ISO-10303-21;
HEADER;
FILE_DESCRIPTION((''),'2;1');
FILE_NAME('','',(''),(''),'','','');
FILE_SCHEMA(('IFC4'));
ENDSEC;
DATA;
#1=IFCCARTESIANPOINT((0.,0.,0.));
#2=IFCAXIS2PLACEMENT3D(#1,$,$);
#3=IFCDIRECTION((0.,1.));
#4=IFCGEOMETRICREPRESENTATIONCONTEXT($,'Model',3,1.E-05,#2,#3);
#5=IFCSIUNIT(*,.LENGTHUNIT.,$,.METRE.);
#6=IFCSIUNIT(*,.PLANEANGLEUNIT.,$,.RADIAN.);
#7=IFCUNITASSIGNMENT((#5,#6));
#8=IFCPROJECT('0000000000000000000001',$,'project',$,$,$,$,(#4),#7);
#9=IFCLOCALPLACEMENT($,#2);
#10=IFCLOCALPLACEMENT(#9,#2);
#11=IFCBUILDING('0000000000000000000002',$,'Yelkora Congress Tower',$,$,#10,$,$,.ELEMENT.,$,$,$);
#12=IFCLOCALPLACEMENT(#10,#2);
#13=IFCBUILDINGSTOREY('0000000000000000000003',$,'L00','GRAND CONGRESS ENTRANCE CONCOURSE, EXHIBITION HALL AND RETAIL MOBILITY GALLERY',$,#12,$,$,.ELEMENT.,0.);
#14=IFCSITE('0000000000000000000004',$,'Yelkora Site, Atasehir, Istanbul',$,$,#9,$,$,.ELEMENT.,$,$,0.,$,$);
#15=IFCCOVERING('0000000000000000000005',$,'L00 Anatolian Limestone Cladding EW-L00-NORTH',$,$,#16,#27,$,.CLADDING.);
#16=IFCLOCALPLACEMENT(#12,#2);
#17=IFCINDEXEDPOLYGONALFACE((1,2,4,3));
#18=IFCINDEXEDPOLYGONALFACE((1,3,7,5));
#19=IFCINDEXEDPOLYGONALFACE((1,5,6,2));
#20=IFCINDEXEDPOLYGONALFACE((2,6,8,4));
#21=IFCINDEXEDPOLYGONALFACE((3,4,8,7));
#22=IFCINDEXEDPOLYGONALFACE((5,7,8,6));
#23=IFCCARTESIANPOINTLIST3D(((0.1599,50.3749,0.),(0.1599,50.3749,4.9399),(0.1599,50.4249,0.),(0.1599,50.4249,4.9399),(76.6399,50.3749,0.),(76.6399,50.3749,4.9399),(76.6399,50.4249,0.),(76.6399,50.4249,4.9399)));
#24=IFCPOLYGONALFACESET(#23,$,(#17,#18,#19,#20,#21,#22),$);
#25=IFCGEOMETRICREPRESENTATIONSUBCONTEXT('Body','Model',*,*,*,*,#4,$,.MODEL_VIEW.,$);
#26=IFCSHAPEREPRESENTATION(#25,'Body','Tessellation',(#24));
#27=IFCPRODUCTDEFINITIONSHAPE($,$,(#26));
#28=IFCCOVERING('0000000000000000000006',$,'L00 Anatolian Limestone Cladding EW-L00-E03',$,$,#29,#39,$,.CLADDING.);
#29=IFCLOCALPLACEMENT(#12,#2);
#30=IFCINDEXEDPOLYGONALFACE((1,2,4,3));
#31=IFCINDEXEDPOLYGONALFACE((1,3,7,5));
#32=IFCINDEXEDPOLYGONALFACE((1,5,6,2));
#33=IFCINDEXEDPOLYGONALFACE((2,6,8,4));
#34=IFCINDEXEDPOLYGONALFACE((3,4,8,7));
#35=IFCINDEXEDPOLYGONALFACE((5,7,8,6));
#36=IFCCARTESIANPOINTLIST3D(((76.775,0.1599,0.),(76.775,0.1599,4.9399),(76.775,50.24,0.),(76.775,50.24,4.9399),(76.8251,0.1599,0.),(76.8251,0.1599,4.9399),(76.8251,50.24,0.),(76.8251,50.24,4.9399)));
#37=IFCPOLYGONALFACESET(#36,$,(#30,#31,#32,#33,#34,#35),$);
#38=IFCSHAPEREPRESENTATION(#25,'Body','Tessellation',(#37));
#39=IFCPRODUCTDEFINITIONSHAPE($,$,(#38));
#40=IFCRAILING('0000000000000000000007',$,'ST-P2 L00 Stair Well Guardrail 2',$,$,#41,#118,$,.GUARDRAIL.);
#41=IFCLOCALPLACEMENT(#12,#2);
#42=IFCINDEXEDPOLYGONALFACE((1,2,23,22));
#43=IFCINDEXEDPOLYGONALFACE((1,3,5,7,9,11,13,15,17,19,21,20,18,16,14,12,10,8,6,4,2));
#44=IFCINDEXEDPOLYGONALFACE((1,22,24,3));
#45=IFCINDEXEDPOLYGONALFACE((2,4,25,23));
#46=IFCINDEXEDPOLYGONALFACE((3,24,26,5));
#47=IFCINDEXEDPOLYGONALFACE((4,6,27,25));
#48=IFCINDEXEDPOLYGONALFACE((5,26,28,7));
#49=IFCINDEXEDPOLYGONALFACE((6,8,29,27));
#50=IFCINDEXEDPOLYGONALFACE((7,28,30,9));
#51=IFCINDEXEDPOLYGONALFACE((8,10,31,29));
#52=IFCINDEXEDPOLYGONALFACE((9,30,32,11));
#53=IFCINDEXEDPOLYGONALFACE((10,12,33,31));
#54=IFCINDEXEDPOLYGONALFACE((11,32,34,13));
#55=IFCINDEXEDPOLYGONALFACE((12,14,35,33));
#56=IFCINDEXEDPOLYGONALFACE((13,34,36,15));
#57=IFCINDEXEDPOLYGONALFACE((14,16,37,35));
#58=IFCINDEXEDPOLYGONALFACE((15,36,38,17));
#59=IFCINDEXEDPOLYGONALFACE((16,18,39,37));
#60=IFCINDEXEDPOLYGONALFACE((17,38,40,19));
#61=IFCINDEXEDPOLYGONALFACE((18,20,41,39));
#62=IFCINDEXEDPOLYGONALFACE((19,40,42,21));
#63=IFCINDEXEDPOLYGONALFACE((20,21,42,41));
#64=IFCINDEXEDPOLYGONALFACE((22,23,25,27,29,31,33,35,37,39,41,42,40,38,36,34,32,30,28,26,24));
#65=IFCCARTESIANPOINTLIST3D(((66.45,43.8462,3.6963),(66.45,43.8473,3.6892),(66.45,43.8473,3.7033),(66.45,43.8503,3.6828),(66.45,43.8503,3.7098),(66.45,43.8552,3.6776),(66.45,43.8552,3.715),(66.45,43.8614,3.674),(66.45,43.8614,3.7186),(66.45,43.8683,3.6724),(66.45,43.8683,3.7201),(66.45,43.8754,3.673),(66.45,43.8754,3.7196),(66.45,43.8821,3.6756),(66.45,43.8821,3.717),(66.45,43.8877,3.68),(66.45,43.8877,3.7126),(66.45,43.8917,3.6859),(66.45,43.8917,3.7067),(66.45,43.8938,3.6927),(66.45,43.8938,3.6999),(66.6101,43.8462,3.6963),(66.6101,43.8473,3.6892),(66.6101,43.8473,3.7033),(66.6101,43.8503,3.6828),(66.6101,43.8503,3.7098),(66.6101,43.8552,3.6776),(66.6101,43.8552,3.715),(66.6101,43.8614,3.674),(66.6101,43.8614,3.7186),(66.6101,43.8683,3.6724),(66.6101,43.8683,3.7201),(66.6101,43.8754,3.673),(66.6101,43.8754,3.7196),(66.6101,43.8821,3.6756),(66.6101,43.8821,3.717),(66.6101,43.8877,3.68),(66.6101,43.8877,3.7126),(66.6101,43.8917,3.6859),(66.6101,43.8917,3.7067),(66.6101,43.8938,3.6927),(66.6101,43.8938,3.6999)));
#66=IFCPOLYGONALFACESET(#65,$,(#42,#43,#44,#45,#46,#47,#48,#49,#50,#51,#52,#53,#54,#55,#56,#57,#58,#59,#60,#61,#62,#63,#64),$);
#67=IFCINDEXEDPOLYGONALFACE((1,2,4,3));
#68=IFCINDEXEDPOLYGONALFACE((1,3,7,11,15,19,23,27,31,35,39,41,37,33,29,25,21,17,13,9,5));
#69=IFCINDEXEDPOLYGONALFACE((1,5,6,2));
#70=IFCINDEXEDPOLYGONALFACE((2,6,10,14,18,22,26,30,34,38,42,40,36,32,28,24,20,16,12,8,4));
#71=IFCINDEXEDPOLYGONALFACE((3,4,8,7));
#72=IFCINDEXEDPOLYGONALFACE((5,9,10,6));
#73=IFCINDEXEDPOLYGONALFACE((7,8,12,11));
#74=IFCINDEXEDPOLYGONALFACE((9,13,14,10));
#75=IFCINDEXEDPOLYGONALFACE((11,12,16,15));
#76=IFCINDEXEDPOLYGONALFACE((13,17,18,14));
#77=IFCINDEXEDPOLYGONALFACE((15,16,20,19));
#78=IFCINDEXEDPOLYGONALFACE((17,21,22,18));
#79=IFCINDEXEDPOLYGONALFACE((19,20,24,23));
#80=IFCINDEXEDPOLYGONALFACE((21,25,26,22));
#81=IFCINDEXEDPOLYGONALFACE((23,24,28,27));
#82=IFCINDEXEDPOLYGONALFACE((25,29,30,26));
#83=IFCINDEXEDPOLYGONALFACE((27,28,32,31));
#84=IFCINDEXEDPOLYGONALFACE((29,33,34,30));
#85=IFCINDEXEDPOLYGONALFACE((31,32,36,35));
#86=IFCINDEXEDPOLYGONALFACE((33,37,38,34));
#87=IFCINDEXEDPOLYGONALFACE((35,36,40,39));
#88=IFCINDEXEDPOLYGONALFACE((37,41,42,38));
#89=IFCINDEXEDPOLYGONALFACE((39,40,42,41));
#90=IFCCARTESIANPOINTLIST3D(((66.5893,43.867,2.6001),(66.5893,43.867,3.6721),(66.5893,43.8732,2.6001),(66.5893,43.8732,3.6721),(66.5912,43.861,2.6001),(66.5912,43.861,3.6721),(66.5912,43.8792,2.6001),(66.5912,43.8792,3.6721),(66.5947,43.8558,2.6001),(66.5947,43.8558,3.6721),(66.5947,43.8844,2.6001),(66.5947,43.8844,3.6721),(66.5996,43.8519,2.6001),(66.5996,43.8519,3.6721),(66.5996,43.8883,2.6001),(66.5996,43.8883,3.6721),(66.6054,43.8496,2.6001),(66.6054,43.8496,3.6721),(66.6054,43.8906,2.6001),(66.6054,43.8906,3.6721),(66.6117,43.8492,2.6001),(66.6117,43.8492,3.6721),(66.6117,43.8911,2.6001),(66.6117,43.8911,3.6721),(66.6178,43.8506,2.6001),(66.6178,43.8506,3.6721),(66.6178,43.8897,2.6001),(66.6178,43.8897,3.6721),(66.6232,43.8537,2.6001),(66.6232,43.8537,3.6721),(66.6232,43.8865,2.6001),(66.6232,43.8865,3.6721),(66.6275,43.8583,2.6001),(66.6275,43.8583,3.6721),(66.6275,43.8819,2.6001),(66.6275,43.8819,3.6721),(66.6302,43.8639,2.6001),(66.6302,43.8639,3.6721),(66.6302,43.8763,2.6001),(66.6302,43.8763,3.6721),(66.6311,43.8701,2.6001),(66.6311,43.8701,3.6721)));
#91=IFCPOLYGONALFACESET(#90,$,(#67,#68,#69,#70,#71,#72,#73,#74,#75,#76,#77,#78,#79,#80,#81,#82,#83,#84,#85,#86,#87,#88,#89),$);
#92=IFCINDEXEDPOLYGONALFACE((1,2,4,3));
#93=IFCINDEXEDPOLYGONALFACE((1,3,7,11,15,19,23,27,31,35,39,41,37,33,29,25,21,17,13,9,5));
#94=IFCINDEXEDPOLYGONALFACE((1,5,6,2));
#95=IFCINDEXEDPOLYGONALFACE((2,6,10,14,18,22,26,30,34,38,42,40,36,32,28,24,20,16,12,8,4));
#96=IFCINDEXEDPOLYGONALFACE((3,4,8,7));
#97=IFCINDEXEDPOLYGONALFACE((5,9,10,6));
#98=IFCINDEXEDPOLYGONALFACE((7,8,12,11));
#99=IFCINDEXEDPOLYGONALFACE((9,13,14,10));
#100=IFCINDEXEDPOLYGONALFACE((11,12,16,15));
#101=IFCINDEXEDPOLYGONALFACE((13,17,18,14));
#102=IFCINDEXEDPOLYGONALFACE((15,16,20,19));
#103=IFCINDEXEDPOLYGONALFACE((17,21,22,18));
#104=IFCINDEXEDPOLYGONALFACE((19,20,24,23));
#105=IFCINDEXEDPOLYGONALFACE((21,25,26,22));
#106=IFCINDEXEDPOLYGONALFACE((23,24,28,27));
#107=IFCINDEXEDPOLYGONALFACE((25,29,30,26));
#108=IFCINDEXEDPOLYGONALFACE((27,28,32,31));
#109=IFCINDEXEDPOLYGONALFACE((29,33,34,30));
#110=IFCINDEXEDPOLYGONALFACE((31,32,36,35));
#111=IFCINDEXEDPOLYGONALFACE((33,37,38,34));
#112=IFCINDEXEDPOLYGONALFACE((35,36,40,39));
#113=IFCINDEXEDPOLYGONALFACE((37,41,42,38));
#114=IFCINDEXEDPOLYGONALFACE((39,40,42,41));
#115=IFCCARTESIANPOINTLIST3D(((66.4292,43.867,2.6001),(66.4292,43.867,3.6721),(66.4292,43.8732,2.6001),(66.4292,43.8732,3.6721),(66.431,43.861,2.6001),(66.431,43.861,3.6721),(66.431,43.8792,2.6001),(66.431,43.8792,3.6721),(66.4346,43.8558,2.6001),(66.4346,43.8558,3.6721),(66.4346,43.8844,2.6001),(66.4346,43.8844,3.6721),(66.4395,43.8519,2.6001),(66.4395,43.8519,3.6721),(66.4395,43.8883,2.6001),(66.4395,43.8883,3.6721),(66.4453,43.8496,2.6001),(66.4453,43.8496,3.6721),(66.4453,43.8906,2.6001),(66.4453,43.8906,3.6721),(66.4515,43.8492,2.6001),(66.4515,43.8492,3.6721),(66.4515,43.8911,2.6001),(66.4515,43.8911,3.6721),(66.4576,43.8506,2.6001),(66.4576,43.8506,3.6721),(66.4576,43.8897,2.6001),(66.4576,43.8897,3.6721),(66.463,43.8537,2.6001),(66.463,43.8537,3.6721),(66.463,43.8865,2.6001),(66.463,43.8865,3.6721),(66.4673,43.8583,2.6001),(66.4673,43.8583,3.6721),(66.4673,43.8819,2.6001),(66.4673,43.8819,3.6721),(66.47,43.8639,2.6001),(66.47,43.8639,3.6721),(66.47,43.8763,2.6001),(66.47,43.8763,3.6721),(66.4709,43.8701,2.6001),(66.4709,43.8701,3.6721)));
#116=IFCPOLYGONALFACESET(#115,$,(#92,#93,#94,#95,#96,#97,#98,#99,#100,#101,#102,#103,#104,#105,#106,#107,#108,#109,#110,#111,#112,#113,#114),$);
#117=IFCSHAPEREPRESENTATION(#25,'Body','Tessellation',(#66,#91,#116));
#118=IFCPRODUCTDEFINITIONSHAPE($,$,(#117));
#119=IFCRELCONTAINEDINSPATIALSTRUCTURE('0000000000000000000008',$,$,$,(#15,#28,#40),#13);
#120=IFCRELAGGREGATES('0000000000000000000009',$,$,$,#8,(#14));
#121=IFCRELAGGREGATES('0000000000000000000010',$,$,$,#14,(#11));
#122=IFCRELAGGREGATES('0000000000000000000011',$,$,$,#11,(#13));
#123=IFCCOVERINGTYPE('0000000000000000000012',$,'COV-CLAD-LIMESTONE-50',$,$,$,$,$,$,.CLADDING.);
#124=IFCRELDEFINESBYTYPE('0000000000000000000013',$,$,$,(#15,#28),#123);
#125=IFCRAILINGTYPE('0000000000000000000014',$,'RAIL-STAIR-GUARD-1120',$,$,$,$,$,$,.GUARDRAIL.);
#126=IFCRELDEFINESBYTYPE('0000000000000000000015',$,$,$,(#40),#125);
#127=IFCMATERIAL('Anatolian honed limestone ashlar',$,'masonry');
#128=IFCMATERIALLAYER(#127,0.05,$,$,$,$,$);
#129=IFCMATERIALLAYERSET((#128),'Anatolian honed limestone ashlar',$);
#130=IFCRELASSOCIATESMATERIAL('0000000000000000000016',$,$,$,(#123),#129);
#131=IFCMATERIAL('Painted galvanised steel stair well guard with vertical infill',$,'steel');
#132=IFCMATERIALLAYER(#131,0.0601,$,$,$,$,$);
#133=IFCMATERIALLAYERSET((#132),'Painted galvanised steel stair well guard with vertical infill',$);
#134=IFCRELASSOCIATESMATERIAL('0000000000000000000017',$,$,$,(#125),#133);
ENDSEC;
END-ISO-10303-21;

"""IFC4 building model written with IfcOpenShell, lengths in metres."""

from ifc_helpers import new_model, si_unit, direction, frame, frame_2d, origin, origin_2d, place, context, subcontext, project, spatial, rectangle, circle, extrude, material, layer, layer_set, type_object, element, save


model = new_model("IFC4")

# Units and contexts
model_context = context("Model", 3, precision=1e-05, world=origin(), true_north=direction((0.0, 1.0)))
body_context = subcontext(model_context, "Body", "Model", "MODEL_VIEW")
ifc_project = project(units=[si_unit("LENGTHUNIT", "METRE"), si_unit("PLANEANGLEUNIT", "RADIAN")], contexts=[model_context])

# Site, building, storey
site_placement = place(None, origin())
site = spatial("IfcSite", under=ifc_project, at=site_placement, Name="Yelkora Site, Atasehir, Istanbul", CompositionType="ELEMENT", RefElevation=0.0)
building_placement = place(site_placement, origin())
building = spatial("IfcBuilding", under=site, at=building_placement, Name="Yelkora Congress Tower", CompositionType="ELEMENT")
storey_placement = place(building_placement, origin())
storey = spatial("IfcBuildingStorey", under=building, at=storey_placement, Name="L00", Description="GRAND CONGRESS ENTRANCE CONCOURSE, EXHIBITION HALL AND RETAIL MOBILITY GALLERY", CompositionType="ELEMENT", Elevation=0.0)

# Coverings
ifc_material_1 = material(Name="Anatolian honed limestone ashlar", Category="masonry")
ifc_layer_1 = layer(ifc_material_1, 0.05)
ifc_layer_set_1 = layer_set([ifc_layer_1], Name="Anatolian honed limestone ashlar")
covering_type = type_object("IfcCoveringType", Name="COV-CLAD-LIMESTONE-50", PredefinedType="CLADDING", material=ifc_layer_set_1)
covering_1_placement = place(storey_placement, frame((76.6399, 50.3999, 0.0), z_axis=(0.0, 0.0, 1.0), x_axis=(-1.0, 0.0, 0.0)))
element("IfcCovering", 1, at=covering_1_placement, inside=storey, type_object=covering_type, Name="L00 Anatolian Limestone Cladding EW-L00-NORTH", PredefinedType="CLADDING", context=body_context, shape_type="SweptSolid", body=[
    extrude(rectangle(XDim=76.48, YDim=0.05, at=frame_2d((38.24, 0.0))), origin(), (0.0, 0.0, 1.0), 4.9399),
])
covering_2_placement = place(storey_placement, frame((76.8, 50.24, 0.0), z_axis=(0.0, 0.0, 1.0), x_axis=(0.0, -1.0, 0.0)))
element("IfcCovering", 2, at=covering_2_placement, inside=storey, type_object=covering_type, Name="L00 Anatolian Limestone Cladding EW-L00-E03", PredefinedType="CLADDING", context=body_context, shape_type="SweptSolid", body=[
    extrude(rectangle(XDim=50.0801, YDim=0.05, at=frame_2d((25.04, 0.0))), origin(), (0.0, 0.0, 1.0), 4.9399),
])

# Railing
ifc_material_2 = material(Name="Painted galvanised steel stair well guard with vertical infill", Category="steel")
ifc_layer_2 = layer(ifc_material_2, 0.0601)
ifc_layer_set_2 = layer_set([ifc_layer_2], Name="Painted galvanised steel stair well guard with vertical infill")
railing_type = type_object("IfcRailingType", Name="RAIL-STAIR-GUARD-1120", PredefinedType="GUARDRAIL", material=ifc_layer_set_2)
railing_1_placement = place(storey_placement, frame((66.6101, 43.8701, 2.6001)))
element("IfcRailing", 3, at=railing_1_placement, inside=storey, type_object=railing_type, Name="ST-P2 L00 Stair Well Guardrail 2", PredefinedType="GUARDRAIL", context=body_context, shape_type="SweptSolid", body=[
    extrude(circle(Radius=0.0239, at=origin_2d()), frame((0.0, 0.0, 1.0962), z_axis=(-1.0, 0.0, 0.0), x_axis=(0.0, -1.0, 0.0)), (0.0, 0.0, 1.0), 0.1602),
    extrude(circle(Radius=0.021, at=origin_2d()), origin(), (0.0, 0.0, 1.0), 1.072),
    extrude(circle(Radius=0.021, at=origin_2d()), frame((-0.1602, 0.0, 0.0)), (0.0, 0.0, 1.0), 1.072),
])

save(model, "model.ifc")
